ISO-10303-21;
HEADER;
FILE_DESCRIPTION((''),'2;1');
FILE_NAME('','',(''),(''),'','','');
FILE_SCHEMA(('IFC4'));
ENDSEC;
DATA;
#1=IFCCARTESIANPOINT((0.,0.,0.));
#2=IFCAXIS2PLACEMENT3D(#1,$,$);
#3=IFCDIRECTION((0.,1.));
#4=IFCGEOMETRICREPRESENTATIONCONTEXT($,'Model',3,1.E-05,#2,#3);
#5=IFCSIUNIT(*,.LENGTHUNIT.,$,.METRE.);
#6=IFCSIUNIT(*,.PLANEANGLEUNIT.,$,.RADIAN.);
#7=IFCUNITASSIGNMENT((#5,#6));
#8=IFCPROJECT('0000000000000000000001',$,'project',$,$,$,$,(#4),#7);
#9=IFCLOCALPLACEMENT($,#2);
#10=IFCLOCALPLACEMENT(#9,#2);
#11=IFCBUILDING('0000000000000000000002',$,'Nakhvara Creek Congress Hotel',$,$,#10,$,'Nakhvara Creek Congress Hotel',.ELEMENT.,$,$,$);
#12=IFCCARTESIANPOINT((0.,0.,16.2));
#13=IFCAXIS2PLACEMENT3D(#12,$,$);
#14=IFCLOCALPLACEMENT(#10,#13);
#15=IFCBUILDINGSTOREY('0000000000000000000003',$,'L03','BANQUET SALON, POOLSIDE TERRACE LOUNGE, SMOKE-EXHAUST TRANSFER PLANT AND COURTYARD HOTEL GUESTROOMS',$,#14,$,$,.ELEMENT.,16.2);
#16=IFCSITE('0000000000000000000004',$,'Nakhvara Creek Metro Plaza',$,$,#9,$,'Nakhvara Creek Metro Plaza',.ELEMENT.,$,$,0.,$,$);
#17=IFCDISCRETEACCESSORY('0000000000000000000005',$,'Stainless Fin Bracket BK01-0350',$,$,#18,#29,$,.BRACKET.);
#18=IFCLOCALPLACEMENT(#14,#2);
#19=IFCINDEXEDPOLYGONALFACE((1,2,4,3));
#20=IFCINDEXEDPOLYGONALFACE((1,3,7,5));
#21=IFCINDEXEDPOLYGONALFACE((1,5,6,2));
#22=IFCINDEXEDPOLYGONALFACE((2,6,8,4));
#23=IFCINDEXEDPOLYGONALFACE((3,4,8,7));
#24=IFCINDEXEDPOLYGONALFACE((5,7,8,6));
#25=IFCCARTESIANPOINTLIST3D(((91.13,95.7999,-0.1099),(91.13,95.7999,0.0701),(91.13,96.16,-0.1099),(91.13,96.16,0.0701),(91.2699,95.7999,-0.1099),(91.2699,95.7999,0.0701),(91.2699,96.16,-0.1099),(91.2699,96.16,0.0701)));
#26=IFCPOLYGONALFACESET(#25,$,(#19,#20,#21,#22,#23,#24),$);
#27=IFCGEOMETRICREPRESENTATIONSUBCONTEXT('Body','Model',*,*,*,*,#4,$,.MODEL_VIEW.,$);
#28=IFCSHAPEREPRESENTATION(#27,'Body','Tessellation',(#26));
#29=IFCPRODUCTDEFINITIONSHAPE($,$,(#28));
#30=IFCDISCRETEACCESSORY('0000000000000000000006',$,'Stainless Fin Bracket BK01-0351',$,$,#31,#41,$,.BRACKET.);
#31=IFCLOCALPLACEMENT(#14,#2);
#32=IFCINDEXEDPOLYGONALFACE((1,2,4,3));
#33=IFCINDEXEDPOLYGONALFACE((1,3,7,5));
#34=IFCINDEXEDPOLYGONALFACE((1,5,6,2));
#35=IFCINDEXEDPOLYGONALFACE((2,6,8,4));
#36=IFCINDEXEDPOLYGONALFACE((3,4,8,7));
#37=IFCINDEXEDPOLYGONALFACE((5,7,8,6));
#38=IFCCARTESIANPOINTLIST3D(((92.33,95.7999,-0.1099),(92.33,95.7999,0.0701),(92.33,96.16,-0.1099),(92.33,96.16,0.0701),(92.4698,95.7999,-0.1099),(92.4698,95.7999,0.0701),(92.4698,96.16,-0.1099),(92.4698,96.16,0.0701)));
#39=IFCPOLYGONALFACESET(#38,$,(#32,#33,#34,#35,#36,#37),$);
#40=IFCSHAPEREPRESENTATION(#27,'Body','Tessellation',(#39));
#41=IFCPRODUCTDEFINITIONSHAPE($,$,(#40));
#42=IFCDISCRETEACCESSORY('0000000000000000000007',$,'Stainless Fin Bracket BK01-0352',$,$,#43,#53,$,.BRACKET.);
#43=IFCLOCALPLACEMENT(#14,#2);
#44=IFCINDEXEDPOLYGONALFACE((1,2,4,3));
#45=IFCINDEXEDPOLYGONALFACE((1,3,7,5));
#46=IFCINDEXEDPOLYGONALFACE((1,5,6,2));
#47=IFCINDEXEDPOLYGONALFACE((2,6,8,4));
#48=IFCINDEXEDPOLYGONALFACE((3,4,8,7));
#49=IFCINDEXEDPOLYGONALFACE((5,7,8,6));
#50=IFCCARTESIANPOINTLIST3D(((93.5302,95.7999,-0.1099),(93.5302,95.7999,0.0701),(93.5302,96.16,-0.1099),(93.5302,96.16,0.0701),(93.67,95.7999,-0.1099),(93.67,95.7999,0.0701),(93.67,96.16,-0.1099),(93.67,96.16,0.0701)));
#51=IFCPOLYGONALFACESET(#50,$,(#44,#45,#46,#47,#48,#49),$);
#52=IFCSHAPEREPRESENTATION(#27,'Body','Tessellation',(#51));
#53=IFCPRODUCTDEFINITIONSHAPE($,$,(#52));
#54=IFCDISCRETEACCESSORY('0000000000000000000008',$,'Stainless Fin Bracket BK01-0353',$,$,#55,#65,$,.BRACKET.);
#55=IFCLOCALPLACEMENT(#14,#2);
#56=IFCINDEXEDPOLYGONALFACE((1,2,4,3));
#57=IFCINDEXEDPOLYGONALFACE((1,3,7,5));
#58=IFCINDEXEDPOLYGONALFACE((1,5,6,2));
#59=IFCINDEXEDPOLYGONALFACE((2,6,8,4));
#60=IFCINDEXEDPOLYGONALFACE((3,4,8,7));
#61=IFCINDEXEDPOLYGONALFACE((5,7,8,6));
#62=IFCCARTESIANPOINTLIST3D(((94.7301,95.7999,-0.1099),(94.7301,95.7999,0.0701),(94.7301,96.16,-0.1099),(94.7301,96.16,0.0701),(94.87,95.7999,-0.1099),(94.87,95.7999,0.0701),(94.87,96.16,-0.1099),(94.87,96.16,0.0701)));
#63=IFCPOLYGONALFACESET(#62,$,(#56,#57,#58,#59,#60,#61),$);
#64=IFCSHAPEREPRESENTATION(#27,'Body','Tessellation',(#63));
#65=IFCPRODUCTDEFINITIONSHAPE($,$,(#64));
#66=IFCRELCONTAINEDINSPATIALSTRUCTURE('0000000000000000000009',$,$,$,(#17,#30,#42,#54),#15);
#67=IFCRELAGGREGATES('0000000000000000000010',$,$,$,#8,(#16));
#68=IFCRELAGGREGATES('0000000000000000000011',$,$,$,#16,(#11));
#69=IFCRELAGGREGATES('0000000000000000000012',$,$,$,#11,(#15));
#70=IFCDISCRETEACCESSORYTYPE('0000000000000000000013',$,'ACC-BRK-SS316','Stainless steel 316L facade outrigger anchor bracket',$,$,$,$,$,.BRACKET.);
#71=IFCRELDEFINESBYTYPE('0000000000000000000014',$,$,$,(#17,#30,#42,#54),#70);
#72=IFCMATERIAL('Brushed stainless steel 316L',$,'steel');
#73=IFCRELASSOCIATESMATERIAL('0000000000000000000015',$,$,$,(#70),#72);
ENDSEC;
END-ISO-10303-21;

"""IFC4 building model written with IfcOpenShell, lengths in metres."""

from ifc_helpers import new_model, si_unit, direction, frame, origin, origin_2d, place, context, subcontext, project, spatial, rectangle, extrude, material, type_object, element, save


model = new_model("IFC4")

# Units and contexts
model_context = context("Model", 3, precision=1e-05, world=origin(), true_north=direction((0.0, 1.0)))
body_context = subcontext(model_context, "Body", "Model", "MODEL_VIEW")
ifc_project = project(units=[si_unit("LENGTHUNIT", "METRE"), si_unit("PLANEANGLEUNIT", "RADIAN")], contexts=[model_context])

# Site, building, storey
site_placement = place(None, origin())
site = spatial("IfcSite", under=ifc_project, at=site_placement, Name="Nakhvara Creek Metro Plaza", LongName="Nakhvara Creek Metro Plaza", CompositionType="ELEMENT", RefElevation=0.0)
building_placement = place(site_placement, origin())
building = spatial("IfcBuilding", under=site, at=building_placement, Name="Nakhvara Creek Congress Hotel", LongName="Nakhvara Creek Congress Hotel", CompositionType="ELEMENT")
storey_placement = place(building_placement, frame((0.0, 0.0, 16.2)))
storey = spatial("IfcBuildingStorey", under=building, at=storey_placement, Name="L03", Description="BANQUET SALON, POOLSIDE TERRACE LOUNGE, SMOKE-EXHAUST TRANSFER PLANT AND COURTYARD HOTEL GUESTROOMS", CompositionType="ELEMENT", Elevation=16.2)

# Discrete accessories
ifc_material_1 = material(Name="Brushed stainless steel 316L", Category="steel")
discrete_accessory_type = type_object("IfcDiscreteAccessoryType", Name="ACC-BRK-SS316", Description="Stainless steel 316L facade outrigger anchor bracket", PredefinedType="BRACKET", material=ifc_material_1)
for number, where, z_axis, x_axis, name in (
    (1, (91.2, 95.98, -0.1099), (0.0, 0.0, 1.0), (1.0, 0.0, 0.0), "Stainless Fin Bracket BK01-0350"),
    (2, (92.3999, 95.98, -0.1099), (0.0, 0.0, 1.0), (1.0, 0.0, 0.0), "Stainless Fin Bracket BK01-0351"),
    (3, (93.6001, 95.98, -0.1099), (0.0, 0.0, 1.0), (1.0, 0.0, 0.0), "Stainless Fin Bracket BK01-0352"),
    (4, (94.8, 95.98, -0.1099), (0.0, 0.0, 1.0), (1.0, 0.0, 0.0), "Stainless Fin Bracket BK01-0353"),
):
    element("IfcDiscreteAccessory", number, at=place(storey_placement, frame(where, z_axis=z_axis, x_axis=x_axis)), inside=storey, type_object=discrete_accessory_type, Name=name, PredefinedType="BRACKET", context=body_context, shape_type="SweptSolid", body=[
        extrude(rectangle(XDim=0.1399, YDim=0.3601, at=origin_2d()), origin(), (0.0, 0.0, 1.0), 0.1799),
    ])

save(model, "model.ifc")
